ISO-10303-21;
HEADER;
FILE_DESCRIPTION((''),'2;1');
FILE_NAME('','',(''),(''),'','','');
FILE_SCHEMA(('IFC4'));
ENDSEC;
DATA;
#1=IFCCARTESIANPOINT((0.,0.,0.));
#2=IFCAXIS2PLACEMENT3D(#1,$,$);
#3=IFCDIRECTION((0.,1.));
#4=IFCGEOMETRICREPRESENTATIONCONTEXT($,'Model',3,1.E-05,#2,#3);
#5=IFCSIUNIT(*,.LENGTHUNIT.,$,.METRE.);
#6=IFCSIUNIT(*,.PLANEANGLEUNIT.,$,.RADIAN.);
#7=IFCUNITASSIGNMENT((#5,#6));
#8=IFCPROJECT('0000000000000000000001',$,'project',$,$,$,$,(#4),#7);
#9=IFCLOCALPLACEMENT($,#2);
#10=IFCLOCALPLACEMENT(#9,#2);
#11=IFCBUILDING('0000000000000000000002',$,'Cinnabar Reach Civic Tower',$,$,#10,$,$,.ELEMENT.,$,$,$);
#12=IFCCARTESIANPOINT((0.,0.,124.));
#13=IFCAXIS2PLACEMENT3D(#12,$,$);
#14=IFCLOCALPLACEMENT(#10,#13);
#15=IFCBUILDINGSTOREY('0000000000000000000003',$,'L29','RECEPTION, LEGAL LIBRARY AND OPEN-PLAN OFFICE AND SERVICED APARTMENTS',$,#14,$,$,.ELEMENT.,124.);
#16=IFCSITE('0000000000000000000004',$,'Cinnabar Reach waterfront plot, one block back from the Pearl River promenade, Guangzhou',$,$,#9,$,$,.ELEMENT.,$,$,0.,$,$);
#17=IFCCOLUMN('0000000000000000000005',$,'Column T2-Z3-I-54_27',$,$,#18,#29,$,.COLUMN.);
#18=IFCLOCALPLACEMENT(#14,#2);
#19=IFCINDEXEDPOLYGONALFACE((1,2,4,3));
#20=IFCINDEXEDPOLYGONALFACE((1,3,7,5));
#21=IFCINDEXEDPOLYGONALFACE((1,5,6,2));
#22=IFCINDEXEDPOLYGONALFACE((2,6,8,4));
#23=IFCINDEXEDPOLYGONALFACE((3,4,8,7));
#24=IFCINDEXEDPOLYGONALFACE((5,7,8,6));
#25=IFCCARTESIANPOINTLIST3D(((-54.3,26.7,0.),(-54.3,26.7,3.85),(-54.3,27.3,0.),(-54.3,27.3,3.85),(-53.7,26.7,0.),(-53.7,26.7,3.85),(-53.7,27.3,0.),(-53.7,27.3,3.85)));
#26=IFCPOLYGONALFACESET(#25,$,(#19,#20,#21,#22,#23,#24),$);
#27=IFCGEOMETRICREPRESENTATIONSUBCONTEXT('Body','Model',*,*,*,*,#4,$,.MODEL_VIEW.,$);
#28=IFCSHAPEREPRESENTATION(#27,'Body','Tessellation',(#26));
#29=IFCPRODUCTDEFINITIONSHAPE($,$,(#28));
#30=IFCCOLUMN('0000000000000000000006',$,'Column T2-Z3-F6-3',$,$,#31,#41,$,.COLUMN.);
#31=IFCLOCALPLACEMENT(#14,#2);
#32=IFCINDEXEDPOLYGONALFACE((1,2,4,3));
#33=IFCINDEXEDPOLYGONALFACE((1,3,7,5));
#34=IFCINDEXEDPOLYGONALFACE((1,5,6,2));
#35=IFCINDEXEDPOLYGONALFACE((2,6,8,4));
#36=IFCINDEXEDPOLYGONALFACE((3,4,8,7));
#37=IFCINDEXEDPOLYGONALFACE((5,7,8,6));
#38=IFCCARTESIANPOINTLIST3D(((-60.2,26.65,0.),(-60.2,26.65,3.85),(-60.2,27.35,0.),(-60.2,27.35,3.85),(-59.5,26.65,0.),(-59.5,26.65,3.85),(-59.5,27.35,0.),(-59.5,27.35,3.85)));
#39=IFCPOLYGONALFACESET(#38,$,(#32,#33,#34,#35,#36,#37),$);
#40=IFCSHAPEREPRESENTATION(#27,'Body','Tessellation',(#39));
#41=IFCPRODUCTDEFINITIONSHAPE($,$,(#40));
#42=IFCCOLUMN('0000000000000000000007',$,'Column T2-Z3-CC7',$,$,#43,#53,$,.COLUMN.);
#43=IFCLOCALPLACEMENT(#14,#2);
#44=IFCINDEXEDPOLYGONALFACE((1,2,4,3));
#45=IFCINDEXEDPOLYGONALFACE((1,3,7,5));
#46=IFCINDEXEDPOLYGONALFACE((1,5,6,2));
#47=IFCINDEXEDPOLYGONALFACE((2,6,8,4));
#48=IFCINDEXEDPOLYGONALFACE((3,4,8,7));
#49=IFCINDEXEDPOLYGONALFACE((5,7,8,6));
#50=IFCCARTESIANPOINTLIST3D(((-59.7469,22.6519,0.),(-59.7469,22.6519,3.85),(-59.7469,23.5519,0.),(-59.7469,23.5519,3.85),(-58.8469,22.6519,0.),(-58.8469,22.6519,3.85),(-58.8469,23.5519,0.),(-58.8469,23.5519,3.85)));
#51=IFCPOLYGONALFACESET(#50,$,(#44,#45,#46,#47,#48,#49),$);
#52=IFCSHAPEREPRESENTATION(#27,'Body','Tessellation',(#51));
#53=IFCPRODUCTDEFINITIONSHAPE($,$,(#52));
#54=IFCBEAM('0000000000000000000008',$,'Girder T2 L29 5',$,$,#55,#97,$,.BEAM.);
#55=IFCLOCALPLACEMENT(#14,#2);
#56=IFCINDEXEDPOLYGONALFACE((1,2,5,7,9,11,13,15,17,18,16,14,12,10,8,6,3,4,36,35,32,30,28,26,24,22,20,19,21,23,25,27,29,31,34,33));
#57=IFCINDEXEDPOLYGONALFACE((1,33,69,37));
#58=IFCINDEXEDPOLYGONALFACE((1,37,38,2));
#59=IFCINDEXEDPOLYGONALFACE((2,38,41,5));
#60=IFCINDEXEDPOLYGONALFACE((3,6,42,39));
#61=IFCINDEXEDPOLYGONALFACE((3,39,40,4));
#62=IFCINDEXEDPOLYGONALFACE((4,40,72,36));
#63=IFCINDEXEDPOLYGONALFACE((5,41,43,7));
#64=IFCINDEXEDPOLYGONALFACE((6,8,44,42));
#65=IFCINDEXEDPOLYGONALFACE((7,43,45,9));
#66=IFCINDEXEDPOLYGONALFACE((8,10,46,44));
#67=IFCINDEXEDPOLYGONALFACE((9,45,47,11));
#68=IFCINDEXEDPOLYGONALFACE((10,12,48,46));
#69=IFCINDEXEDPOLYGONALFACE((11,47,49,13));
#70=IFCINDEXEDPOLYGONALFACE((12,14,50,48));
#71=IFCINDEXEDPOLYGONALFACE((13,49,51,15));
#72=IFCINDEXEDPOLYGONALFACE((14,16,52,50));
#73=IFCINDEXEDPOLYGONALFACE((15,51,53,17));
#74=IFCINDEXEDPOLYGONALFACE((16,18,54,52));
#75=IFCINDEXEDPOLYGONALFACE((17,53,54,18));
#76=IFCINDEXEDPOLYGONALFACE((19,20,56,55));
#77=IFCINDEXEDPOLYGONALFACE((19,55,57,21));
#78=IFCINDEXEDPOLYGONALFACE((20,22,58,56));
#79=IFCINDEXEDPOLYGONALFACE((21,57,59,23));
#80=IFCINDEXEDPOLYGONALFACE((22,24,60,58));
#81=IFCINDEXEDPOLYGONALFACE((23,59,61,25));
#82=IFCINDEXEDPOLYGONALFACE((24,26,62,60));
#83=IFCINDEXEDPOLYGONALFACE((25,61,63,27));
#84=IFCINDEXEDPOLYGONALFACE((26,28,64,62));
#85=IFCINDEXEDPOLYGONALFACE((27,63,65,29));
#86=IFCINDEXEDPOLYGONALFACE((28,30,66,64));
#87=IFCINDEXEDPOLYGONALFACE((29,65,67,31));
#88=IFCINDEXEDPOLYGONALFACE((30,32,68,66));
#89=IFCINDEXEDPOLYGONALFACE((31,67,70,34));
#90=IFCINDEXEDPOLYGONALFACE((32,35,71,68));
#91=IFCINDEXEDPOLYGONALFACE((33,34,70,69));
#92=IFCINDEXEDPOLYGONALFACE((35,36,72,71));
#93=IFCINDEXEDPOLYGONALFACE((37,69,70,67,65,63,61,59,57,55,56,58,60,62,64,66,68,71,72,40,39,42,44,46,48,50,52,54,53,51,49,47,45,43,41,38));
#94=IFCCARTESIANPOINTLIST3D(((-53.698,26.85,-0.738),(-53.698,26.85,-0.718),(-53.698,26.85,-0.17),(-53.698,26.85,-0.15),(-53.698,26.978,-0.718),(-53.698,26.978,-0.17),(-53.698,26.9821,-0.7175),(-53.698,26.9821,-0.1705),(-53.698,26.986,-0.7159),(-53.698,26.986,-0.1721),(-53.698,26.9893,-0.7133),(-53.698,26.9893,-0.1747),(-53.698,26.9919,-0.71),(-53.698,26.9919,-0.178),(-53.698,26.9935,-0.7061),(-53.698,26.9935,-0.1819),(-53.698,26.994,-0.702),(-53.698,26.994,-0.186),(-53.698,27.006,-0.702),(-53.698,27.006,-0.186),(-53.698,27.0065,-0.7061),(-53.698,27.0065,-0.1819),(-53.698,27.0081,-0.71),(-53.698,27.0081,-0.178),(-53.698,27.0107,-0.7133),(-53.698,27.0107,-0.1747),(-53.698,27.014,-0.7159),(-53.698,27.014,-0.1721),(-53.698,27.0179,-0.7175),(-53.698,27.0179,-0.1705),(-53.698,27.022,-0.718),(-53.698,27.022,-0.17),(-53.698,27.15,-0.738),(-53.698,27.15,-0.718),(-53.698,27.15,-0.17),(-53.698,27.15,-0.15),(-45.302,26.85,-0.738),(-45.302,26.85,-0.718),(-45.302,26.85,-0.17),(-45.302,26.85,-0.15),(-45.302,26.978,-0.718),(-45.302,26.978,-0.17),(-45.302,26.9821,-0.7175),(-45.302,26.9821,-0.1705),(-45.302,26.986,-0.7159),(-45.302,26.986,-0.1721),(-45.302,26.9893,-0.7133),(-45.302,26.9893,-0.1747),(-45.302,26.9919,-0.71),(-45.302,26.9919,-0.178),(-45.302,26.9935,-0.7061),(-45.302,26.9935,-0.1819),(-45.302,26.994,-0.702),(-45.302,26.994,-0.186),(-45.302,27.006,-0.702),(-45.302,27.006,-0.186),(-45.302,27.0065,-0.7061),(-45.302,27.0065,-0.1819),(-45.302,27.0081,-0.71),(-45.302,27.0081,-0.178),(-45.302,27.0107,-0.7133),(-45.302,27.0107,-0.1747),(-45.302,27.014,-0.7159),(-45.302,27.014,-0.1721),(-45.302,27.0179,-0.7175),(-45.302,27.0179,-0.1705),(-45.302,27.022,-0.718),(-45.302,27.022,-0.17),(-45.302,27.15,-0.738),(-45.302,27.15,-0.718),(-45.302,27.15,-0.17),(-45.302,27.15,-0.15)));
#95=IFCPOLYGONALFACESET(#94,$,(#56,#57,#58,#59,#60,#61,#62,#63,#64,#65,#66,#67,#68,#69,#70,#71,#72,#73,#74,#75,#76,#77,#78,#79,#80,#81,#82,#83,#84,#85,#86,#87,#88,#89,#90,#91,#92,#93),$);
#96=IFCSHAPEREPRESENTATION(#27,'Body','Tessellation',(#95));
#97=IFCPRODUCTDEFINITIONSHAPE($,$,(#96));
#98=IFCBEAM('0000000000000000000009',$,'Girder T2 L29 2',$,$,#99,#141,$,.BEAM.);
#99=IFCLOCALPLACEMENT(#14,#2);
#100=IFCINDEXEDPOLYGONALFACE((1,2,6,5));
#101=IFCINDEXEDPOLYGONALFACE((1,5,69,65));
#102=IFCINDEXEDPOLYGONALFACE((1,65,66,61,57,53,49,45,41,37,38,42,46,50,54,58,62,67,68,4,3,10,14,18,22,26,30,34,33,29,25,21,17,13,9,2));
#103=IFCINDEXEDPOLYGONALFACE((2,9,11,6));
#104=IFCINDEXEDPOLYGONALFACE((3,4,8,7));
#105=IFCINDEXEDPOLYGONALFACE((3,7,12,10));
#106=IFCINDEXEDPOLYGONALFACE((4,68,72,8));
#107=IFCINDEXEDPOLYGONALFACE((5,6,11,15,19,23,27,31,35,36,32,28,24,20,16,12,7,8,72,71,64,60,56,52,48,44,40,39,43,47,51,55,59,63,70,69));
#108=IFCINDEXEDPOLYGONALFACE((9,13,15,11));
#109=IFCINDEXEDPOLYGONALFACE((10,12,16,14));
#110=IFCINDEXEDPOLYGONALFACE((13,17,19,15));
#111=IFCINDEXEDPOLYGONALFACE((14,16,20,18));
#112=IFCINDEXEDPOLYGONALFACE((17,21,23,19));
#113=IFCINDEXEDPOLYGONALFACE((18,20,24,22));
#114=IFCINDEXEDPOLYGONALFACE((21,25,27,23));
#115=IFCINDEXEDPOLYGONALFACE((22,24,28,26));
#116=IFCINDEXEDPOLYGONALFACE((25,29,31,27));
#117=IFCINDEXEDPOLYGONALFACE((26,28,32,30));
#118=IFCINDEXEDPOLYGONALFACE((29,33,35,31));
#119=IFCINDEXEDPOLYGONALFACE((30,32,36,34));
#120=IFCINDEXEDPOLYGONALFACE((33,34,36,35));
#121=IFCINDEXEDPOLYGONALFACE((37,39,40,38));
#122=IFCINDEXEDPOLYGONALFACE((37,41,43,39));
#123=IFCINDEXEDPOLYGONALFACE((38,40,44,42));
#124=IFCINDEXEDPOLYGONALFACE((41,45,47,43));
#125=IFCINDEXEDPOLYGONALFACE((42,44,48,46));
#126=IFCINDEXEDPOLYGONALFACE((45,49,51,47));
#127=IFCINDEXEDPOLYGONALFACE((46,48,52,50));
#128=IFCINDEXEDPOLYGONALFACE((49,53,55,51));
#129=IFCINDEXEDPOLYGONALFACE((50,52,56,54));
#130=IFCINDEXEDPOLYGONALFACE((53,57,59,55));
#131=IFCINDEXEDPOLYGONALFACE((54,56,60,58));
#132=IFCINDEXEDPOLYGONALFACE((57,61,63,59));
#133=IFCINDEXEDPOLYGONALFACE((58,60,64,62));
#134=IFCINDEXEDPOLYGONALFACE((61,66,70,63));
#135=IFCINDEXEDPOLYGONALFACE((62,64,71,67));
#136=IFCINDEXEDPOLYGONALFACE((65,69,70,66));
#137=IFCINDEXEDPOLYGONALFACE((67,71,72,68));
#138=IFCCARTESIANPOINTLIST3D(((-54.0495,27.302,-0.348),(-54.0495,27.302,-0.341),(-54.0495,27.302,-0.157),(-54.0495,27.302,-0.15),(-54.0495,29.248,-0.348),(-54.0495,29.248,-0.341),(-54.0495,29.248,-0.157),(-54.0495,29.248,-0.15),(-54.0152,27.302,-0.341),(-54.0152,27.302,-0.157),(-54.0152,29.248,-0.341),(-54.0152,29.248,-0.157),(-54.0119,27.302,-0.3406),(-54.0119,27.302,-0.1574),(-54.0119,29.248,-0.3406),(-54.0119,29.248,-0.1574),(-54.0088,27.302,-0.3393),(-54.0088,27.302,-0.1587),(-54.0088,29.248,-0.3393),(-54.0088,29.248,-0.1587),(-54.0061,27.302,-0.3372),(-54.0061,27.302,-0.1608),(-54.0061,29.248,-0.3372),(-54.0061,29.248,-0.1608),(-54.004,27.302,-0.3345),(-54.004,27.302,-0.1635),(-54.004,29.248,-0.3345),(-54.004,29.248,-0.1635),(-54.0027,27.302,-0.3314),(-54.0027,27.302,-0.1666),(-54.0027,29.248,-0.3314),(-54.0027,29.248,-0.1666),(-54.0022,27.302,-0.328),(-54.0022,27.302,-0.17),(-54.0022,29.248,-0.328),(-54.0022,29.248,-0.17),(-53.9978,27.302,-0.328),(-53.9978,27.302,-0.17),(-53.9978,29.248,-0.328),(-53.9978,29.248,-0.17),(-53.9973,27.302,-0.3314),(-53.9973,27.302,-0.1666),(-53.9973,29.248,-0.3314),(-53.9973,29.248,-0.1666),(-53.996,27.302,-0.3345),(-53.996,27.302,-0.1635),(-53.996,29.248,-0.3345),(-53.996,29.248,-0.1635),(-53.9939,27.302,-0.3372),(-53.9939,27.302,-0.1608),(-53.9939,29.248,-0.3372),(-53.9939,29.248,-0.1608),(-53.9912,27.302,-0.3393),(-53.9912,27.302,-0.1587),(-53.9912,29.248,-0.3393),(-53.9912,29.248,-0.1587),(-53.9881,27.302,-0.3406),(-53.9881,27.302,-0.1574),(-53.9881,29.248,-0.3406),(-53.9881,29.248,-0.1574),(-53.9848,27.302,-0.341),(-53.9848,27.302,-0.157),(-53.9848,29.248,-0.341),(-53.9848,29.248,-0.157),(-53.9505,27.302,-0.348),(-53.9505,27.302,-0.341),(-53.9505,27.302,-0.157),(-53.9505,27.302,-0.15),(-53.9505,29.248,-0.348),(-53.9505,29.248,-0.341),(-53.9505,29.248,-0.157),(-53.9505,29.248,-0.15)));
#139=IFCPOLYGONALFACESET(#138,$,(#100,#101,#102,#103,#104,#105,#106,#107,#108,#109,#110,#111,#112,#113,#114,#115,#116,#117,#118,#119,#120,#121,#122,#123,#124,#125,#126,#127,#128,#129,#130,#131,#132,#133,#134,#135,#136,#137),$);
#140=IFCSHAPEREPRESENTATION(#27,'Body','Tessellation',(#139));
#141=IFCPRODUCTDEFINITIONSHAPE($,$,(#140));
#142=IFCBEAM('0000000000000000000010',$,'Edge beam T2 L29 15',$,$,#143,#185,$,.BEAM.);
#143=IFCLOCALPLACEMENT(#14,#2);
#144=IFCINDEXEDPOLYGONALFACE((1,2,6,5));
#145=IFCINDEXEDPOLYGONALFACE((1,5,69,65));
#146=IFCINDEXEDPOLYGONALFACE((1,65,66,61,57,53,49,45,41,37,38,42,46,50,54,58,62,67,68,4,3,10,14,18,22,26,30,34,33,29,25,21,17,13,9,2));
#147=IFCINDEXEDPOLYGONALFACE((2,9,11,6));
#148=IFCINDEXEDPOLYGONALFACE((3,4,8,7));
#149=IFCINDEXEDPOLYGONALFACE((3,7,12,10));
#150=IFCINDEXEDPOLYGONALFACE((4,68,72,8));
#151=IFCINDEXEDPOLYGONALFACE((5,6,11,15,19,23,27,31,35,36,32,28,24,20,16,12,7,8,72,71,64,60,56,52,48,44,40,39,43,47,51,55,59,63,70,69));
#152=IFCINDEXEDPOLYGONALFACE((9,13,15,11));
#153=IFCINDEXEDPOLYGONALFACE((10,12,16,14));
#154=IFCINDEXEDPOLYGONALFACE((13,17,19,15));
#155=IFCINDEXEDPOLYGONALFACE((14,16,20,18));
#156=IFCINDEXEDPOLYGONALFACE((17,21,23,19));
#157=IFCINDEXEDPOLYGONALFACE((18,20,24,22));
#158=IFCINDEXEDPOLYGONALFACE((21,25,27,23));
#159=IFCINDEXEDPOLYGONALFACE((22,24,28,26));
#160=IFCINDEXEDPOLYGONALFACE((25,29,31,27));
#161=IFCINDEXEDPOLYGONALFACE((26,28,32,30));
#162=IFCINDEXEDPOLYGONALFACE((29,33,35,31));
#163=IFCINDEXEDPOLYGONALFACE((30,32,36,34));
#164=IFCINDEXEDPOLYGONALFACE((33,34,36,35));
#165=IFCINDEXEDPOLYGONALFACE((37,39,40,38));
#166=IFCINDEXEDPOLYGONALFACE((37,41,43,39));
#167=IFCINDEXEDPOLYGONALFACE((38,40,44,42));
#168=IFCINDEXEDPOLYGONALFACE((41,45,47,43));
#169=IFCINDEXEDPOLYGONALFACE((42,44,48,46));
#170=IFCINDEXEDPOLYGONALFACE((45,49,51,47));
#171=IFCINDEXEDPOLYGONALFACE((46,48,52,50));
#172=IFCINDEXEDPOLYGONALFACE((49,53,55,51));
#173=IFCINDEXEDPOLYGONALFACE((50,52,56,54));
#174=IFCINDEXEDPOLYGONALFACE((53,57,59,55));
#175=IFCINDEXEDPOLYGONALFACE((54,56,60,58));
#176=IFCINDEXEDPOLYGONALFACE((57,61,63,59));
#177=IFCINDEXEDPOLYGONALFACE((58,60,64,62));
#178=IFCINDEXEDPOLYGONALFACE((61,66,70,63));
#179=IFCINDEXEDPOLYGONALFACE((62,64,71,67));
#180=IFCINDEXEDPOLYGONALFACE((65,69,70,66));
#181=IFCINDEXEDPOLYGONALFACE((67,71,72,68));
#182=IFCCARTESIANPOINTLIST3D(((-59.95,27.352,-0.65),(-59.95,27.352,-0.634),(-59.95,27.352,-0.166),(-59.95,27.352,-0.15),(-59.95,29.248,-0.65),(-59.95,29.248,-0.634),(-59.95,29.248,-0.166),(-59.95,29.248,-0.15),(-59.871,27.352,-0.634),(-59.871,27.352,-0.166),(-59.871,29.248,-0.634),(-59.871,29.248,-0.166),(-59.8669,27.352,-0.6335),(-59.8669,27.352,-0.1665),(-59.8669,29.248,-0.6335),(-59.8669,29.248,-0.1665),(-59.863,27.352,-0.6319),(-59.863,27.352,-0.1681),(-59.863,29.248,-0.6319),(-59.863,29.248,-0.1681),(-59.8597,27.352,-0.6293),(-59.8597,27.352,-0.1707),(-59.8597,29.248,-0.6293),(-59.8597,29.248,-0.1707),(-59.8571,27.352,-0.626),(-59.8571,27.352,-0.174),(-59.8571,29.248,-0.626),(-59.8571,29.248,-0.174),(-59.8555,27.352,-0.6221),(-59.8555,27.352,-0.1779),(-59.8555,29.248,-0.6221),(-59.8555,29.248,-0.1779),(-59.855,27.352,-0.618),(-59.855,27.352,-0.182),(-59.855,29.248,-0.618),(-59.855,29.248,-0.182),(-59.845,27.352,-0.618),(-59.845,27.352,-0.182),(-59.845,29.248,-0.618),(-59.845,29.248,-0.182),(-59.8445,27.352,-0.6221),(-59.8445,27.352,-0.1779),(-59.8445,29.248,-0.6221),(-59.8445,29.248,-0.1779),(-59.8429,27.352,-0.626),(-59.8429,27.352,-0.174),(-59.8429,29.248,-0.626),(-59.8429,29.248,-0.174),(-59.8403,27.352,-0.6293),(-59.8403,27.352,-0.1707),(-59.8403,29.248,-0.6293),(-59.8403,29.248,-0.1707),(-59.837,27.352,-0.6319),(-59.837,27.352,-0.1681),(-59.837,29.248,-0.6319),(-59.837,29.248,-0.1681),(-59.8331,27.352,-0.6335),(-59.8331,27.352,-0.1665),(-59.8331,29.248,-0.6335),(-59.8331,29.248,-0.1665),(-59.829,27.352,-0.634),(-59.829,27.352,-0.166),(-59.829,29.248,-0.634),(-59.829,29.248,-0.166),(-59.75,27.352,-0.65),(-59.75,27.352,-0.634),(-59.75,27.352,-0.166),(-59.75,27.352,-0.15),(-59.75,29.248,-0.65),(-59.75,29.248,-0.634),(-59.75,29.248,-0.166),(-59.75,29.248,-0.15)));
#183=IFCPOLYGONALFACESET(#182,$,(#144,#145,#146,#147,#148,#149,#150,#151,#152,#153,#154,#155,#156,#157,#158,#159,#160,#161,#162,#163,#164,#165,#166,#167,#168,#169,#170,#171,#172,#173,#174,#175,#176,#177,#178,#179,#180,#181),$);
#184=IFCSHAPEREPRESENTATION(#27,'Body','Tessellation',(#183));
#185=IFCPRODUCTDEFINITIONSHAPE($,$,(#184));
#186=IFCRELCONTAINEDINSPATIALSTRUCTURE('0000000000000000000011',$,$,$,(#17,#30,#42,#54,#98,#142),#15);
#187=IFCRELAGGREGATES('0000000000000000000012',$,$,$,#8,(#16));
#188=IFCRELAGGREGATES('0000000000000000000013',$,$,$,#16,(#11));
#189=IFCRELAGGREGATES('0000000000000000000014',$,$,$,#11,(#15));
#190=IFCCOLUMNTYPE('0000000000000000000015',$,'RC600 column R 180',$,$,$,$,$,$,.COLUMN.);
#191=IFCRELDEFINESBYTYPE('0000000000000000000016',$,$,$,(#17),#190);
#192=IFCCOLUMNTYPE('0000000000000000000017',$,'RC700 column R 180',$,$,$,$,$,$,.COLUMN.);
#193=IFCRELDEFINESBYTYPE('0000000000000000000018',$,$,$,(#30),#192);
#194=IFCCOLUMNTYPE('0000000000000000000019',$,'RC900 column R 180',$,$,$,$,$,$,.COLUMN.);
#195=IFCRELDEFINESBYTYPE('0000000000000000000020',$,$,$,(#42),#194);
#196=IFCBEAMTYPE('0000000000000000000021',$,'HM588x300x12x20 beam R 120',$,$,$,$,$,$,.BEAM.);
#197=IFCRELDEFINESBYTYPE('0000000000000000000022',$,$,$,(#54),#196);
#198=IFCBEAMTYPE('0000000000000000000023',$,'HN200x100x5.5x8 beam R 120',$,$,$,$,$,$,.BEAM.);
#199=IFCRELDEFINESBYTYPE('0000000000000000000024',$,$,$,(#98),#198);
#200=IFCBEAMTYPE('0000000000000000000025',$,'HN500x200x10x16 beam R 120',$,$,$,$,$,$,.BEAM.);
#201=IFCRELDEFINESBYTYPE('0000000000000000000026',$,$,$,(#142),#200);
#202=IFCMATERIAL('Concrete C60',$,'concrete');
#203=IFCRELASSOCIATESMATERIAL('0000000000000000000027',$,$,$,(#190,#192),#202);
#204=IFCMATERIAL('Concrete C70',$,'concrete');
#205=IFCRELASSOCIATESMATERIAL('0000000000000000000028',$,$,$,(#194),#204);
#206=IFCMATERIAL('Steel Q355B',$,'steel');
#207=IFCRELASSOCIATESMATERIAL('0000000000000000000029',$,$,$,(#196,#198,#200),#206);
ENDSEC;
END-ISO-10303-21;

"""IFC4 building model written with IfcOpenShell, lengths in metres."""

from ifc_helpers import new_model, si_unit, direction, frame, origin, origin_2d, place, context, subcontext, project, spatial, rectangle, i_section, extrude, material, material_profile, profile_set, type_object, element, save


model = new_model("IFC4")

# Units and contexts
model_context = context("Model", 3, precision=1e-05, world=origin(), true_north=direction((0.0, 1.0)))
body_context = subcontext(model_context, "Body", "Model", "MODEL_VIEW")
ifc_project = project(units=[si_unit("LENGTHUNIT", "METRE"), si_unit("PLANEANGLEUNIT", "RADIAN")], contexts=[model_context])

# Site, building, storey
site_placement = place(None, origin())
site = spatial("IfcSite", under=ifc_project, at=site_placement, Name="Cinnabar Reach waterfront plot, one block back from the Pearl River promenade, Guangzhou", CompositionType="ELEMENT", RefElevation=0.0)
building_placement = place(site_placement, origin())
building = spatial("IfcBuilding", under=site, at=building_placement, Name="Cinnabar Reach Civic Tower", CompositionType="ELEMENT")
storey_placement = place(building_placement, frame((0.0, 0.0, 124.0)))
storey = spatial("IfcBuildingStorey", under=building, at=storey_placement, Name="L29", Description="RECEPTION, LEGAL LIBRARY AND OPEN-PLAN OFFICE AND SERVICED APARTMENTS", CompositionType="ELEMENT", Elevation=124.0)

# Columns
ifc_material_1 = material(Name="Concrete C60", Category="concrete")
ifc_material_profile_1 = material_profile(ifc_material_1, rectangle(XDim=0.6, YDim=0.6, at=origin_2d()), Name="RC600")
ifc_profile_set_1 = profile_set([ifc_material_profile_1], Name="Concrete C60")
column_type_1 = type_object("IfcColumnType", Name="RC600 column R 180", PredefinedType="COLUMN", material=ifc_profile_set_1)
column_1_placement = place(storey_placement, frame((-54.0, 27.0, 0.0), z_axis=(0.0, 0.0, 1.0), x_axis=(1.0, 0.0, 0.0)))
element("IfcColumn", 1, at=column_1_placement, inside=storey, type_object=column_type_1, Name="Column T2-Z3-I-54_27", PredefinedType="COLUMN", context=body_context, shape_type="SweptSolid", body=[
    extrude(rectangle(XDim=0.6, YDim=0.6, at=origin_2d()), origin(), (0.0, 0.0, 1.0), 3.85),
])
ifc_material_profile_2 = material_profile(ifc_material_1, rectangle(XDim=0.7, YDim=0.7, at=origin_2d()), Name="RC700")
ifc_profile_set_2 = profile_set([ifc_material_profile_2], Name="Concrete C60")
column_type_2 = type_object("IfcColumnType", Name="RC700 column R 180", PredefinedType="COLUMN", material=ifc_profile_set_2)
column_2_placement = place(storey_placement, frame((-59.85, 27.0, 0.0), z_axis=(0.0, 0.0, 1.0), x_axis=(1.0, 0.0, 0.0)))
element("IfcColumn", 2, at=column_2_placement, inside=storey, type_object=column_type_2, Name="Column T2-Z3-F6-3", PredefinedType="COLUMN", context=body_context, shape_type="SweptSolid", body=[
    extrude(rectangle(XDim=0.7, YDim=0.7, at=origin_2d()), origin(), (0.0, 0.0, 1.0), 3.85),
])
ifc_material_2 = material(Name="Concrete C70", Category="concrete")
ifc_material_profile_3 = material_profile(ifc_material_2, rectangle(XDim=0.9, YDim=0.9, at=origin_2d()), Name="RC900")
ifc_profile_set_3 = profile_set([ifc_material_profile_3], Name="Concrete C70")
column_type_3 = type_object("IfcColumnType", Name="RC900 column R 180", PredefinedType="COLUMN", material=ifc_profile_set_3)
column_3_placement = place(storey_placement, frame((-59.2969, 23.1019, 0.0), z_axis=(0.0, 0.0, 1.0), x_axis=(1.0, 0.0, 0.0)))
element("IfcColumn", 3, at=column_3_placement, inside=storey, type_object=column_type_3, Name="Column T2-Z3-CC7", PredefinedType="COLUMN", context=body_context, shape_type="SweptSolid", body=[
    extrude(rectangle(XDim=0.9, YDim=0.9, at=origin_2d()), origin(), (0.0, 0.0, 1.0), 3.85),
])

# Beams
ifc_material_3 = material(Name="Steel Q355B", Category="steel")
ifc_material_profile_4 = material_profile(ifc_material_3, i_section(OverallWidth=0.3, OverallDepth=0.588, WebThickness=0.012, FlangeThickness=0.02, FilletRadius=0.016, at=origin_2d()), Name="HM588x300x12x20")
ifc_profile_set_4 = profile_set([ifc_material_profile_4], Name="Steel Q355B")
beam_type_1 = type_object("IfcBeamType", Name="HM588x300x12x20 beam R 120", PredefinedType="BEAM", material=ifc_profile_set_4)
beam_1_placement = place(storey_placement, frame((-53.698, 27.0, -0.444), z_axis=(1.0, 0.0, 0.0), x_axis=(0.0, 1.0, 0.0)))
element("IfcBeam", 4, at=beam_1_placement, inside=storey, type_object=beam_type_1, Name="Girder T2 L29 5", PredefinedType="BEAM", context=body_context, shape_type="SweptSolid", body=[
    extrude(i_section(OverallWidth=0.3, OverallDepth=0.588, WebThickness=0.012, FlangeThickness=0.02, FilletRadius=0.016, at=origin_2d()), origin(), (0.0, 0.0, 1.0), 8.396),
])
ifc_material_profile_5 = material_profile(ifc_material_3, i_section(OverallWidth=0.099, OverallDepth=0.198, WebThickness=0.0045, FlangeThickness=0.007, FilletRadius=0.013, at=origin_2d()), Name="HN200x100x5.5x8")
ifc_profile_set_5 = profile_set([ifc_material_profile_5], Name="Steel Q355B")
beam_type_2 = type_object("IfcBeamType", Name="HN200x100x5.5x8 beam R 120", PredefinedType="BEAM", material=ifc_profile_set_5)
beam_2_placement = place(storey_placement, frame((-54.0, 27.302, -0.249), z_axis=(0.0, 1.0, 0.0), x_axis=(-1.0, 0.0, 0.0)))
element("IfcBeam", 5, at=beam_2_placement, inside=storey, type_object=beam_type_2, Name="Girder T2 L29 2", PredefinedType="BEAM", context=body_context, shape_type="SweptSolid", body=[
    extrude(i_section(OverallWidth=0.099, OverallDepth=0.198, WebThickness=0.0045, FlangeThickness=0.007, FilletRadius=0.013, at=origin_2d()), origin(), (0.0, 0.0, 1.0), 1.946),
])
ifc_material_profile_6 = material_profile(ifc_material_3, i_section(OverallWidth=0.2, OverallDepth=0.5, WebThickness=0.01, FlangeThickness=0.016, FilletRadius=0.016, at=origin_2d()), Name="HN500x200x10x16")
ifc_profile_set_6 = profile_set([ifc_material_profile_6], Name="Steel Q355B")
beam_type_3 = type_object("IfcBeamType", Name="HN500x200x10x16 beam R 120", PredefinedType="BEAM", material=ifc_profile_set_6)
beam_3_placement = place(storey_placement, frame((-59.85, 29.248, -0.4), z_axis=(0.0, -1.0, 0.0), x_axis=(1.0, 0.0, 0.0)))
element("IfcBeam", 6, at=beam_3_placement, inside=storey, type_object=beam_type_3, Name="Edge beam T2 L29 15", PredefinedType="BEAM", context=body_context, shape_type="SweptSolid", body=[
    extrude(i_section(OverallWidth=0.2, OverallDepth=0.5, WebThickness=0.01, FlangeThickness=0.016, FilletRadius=0.016, at=origin_2d()), origin(), (0.0, 0.0, 1.0), 1.896),
])

save(model, "model.ifc")
